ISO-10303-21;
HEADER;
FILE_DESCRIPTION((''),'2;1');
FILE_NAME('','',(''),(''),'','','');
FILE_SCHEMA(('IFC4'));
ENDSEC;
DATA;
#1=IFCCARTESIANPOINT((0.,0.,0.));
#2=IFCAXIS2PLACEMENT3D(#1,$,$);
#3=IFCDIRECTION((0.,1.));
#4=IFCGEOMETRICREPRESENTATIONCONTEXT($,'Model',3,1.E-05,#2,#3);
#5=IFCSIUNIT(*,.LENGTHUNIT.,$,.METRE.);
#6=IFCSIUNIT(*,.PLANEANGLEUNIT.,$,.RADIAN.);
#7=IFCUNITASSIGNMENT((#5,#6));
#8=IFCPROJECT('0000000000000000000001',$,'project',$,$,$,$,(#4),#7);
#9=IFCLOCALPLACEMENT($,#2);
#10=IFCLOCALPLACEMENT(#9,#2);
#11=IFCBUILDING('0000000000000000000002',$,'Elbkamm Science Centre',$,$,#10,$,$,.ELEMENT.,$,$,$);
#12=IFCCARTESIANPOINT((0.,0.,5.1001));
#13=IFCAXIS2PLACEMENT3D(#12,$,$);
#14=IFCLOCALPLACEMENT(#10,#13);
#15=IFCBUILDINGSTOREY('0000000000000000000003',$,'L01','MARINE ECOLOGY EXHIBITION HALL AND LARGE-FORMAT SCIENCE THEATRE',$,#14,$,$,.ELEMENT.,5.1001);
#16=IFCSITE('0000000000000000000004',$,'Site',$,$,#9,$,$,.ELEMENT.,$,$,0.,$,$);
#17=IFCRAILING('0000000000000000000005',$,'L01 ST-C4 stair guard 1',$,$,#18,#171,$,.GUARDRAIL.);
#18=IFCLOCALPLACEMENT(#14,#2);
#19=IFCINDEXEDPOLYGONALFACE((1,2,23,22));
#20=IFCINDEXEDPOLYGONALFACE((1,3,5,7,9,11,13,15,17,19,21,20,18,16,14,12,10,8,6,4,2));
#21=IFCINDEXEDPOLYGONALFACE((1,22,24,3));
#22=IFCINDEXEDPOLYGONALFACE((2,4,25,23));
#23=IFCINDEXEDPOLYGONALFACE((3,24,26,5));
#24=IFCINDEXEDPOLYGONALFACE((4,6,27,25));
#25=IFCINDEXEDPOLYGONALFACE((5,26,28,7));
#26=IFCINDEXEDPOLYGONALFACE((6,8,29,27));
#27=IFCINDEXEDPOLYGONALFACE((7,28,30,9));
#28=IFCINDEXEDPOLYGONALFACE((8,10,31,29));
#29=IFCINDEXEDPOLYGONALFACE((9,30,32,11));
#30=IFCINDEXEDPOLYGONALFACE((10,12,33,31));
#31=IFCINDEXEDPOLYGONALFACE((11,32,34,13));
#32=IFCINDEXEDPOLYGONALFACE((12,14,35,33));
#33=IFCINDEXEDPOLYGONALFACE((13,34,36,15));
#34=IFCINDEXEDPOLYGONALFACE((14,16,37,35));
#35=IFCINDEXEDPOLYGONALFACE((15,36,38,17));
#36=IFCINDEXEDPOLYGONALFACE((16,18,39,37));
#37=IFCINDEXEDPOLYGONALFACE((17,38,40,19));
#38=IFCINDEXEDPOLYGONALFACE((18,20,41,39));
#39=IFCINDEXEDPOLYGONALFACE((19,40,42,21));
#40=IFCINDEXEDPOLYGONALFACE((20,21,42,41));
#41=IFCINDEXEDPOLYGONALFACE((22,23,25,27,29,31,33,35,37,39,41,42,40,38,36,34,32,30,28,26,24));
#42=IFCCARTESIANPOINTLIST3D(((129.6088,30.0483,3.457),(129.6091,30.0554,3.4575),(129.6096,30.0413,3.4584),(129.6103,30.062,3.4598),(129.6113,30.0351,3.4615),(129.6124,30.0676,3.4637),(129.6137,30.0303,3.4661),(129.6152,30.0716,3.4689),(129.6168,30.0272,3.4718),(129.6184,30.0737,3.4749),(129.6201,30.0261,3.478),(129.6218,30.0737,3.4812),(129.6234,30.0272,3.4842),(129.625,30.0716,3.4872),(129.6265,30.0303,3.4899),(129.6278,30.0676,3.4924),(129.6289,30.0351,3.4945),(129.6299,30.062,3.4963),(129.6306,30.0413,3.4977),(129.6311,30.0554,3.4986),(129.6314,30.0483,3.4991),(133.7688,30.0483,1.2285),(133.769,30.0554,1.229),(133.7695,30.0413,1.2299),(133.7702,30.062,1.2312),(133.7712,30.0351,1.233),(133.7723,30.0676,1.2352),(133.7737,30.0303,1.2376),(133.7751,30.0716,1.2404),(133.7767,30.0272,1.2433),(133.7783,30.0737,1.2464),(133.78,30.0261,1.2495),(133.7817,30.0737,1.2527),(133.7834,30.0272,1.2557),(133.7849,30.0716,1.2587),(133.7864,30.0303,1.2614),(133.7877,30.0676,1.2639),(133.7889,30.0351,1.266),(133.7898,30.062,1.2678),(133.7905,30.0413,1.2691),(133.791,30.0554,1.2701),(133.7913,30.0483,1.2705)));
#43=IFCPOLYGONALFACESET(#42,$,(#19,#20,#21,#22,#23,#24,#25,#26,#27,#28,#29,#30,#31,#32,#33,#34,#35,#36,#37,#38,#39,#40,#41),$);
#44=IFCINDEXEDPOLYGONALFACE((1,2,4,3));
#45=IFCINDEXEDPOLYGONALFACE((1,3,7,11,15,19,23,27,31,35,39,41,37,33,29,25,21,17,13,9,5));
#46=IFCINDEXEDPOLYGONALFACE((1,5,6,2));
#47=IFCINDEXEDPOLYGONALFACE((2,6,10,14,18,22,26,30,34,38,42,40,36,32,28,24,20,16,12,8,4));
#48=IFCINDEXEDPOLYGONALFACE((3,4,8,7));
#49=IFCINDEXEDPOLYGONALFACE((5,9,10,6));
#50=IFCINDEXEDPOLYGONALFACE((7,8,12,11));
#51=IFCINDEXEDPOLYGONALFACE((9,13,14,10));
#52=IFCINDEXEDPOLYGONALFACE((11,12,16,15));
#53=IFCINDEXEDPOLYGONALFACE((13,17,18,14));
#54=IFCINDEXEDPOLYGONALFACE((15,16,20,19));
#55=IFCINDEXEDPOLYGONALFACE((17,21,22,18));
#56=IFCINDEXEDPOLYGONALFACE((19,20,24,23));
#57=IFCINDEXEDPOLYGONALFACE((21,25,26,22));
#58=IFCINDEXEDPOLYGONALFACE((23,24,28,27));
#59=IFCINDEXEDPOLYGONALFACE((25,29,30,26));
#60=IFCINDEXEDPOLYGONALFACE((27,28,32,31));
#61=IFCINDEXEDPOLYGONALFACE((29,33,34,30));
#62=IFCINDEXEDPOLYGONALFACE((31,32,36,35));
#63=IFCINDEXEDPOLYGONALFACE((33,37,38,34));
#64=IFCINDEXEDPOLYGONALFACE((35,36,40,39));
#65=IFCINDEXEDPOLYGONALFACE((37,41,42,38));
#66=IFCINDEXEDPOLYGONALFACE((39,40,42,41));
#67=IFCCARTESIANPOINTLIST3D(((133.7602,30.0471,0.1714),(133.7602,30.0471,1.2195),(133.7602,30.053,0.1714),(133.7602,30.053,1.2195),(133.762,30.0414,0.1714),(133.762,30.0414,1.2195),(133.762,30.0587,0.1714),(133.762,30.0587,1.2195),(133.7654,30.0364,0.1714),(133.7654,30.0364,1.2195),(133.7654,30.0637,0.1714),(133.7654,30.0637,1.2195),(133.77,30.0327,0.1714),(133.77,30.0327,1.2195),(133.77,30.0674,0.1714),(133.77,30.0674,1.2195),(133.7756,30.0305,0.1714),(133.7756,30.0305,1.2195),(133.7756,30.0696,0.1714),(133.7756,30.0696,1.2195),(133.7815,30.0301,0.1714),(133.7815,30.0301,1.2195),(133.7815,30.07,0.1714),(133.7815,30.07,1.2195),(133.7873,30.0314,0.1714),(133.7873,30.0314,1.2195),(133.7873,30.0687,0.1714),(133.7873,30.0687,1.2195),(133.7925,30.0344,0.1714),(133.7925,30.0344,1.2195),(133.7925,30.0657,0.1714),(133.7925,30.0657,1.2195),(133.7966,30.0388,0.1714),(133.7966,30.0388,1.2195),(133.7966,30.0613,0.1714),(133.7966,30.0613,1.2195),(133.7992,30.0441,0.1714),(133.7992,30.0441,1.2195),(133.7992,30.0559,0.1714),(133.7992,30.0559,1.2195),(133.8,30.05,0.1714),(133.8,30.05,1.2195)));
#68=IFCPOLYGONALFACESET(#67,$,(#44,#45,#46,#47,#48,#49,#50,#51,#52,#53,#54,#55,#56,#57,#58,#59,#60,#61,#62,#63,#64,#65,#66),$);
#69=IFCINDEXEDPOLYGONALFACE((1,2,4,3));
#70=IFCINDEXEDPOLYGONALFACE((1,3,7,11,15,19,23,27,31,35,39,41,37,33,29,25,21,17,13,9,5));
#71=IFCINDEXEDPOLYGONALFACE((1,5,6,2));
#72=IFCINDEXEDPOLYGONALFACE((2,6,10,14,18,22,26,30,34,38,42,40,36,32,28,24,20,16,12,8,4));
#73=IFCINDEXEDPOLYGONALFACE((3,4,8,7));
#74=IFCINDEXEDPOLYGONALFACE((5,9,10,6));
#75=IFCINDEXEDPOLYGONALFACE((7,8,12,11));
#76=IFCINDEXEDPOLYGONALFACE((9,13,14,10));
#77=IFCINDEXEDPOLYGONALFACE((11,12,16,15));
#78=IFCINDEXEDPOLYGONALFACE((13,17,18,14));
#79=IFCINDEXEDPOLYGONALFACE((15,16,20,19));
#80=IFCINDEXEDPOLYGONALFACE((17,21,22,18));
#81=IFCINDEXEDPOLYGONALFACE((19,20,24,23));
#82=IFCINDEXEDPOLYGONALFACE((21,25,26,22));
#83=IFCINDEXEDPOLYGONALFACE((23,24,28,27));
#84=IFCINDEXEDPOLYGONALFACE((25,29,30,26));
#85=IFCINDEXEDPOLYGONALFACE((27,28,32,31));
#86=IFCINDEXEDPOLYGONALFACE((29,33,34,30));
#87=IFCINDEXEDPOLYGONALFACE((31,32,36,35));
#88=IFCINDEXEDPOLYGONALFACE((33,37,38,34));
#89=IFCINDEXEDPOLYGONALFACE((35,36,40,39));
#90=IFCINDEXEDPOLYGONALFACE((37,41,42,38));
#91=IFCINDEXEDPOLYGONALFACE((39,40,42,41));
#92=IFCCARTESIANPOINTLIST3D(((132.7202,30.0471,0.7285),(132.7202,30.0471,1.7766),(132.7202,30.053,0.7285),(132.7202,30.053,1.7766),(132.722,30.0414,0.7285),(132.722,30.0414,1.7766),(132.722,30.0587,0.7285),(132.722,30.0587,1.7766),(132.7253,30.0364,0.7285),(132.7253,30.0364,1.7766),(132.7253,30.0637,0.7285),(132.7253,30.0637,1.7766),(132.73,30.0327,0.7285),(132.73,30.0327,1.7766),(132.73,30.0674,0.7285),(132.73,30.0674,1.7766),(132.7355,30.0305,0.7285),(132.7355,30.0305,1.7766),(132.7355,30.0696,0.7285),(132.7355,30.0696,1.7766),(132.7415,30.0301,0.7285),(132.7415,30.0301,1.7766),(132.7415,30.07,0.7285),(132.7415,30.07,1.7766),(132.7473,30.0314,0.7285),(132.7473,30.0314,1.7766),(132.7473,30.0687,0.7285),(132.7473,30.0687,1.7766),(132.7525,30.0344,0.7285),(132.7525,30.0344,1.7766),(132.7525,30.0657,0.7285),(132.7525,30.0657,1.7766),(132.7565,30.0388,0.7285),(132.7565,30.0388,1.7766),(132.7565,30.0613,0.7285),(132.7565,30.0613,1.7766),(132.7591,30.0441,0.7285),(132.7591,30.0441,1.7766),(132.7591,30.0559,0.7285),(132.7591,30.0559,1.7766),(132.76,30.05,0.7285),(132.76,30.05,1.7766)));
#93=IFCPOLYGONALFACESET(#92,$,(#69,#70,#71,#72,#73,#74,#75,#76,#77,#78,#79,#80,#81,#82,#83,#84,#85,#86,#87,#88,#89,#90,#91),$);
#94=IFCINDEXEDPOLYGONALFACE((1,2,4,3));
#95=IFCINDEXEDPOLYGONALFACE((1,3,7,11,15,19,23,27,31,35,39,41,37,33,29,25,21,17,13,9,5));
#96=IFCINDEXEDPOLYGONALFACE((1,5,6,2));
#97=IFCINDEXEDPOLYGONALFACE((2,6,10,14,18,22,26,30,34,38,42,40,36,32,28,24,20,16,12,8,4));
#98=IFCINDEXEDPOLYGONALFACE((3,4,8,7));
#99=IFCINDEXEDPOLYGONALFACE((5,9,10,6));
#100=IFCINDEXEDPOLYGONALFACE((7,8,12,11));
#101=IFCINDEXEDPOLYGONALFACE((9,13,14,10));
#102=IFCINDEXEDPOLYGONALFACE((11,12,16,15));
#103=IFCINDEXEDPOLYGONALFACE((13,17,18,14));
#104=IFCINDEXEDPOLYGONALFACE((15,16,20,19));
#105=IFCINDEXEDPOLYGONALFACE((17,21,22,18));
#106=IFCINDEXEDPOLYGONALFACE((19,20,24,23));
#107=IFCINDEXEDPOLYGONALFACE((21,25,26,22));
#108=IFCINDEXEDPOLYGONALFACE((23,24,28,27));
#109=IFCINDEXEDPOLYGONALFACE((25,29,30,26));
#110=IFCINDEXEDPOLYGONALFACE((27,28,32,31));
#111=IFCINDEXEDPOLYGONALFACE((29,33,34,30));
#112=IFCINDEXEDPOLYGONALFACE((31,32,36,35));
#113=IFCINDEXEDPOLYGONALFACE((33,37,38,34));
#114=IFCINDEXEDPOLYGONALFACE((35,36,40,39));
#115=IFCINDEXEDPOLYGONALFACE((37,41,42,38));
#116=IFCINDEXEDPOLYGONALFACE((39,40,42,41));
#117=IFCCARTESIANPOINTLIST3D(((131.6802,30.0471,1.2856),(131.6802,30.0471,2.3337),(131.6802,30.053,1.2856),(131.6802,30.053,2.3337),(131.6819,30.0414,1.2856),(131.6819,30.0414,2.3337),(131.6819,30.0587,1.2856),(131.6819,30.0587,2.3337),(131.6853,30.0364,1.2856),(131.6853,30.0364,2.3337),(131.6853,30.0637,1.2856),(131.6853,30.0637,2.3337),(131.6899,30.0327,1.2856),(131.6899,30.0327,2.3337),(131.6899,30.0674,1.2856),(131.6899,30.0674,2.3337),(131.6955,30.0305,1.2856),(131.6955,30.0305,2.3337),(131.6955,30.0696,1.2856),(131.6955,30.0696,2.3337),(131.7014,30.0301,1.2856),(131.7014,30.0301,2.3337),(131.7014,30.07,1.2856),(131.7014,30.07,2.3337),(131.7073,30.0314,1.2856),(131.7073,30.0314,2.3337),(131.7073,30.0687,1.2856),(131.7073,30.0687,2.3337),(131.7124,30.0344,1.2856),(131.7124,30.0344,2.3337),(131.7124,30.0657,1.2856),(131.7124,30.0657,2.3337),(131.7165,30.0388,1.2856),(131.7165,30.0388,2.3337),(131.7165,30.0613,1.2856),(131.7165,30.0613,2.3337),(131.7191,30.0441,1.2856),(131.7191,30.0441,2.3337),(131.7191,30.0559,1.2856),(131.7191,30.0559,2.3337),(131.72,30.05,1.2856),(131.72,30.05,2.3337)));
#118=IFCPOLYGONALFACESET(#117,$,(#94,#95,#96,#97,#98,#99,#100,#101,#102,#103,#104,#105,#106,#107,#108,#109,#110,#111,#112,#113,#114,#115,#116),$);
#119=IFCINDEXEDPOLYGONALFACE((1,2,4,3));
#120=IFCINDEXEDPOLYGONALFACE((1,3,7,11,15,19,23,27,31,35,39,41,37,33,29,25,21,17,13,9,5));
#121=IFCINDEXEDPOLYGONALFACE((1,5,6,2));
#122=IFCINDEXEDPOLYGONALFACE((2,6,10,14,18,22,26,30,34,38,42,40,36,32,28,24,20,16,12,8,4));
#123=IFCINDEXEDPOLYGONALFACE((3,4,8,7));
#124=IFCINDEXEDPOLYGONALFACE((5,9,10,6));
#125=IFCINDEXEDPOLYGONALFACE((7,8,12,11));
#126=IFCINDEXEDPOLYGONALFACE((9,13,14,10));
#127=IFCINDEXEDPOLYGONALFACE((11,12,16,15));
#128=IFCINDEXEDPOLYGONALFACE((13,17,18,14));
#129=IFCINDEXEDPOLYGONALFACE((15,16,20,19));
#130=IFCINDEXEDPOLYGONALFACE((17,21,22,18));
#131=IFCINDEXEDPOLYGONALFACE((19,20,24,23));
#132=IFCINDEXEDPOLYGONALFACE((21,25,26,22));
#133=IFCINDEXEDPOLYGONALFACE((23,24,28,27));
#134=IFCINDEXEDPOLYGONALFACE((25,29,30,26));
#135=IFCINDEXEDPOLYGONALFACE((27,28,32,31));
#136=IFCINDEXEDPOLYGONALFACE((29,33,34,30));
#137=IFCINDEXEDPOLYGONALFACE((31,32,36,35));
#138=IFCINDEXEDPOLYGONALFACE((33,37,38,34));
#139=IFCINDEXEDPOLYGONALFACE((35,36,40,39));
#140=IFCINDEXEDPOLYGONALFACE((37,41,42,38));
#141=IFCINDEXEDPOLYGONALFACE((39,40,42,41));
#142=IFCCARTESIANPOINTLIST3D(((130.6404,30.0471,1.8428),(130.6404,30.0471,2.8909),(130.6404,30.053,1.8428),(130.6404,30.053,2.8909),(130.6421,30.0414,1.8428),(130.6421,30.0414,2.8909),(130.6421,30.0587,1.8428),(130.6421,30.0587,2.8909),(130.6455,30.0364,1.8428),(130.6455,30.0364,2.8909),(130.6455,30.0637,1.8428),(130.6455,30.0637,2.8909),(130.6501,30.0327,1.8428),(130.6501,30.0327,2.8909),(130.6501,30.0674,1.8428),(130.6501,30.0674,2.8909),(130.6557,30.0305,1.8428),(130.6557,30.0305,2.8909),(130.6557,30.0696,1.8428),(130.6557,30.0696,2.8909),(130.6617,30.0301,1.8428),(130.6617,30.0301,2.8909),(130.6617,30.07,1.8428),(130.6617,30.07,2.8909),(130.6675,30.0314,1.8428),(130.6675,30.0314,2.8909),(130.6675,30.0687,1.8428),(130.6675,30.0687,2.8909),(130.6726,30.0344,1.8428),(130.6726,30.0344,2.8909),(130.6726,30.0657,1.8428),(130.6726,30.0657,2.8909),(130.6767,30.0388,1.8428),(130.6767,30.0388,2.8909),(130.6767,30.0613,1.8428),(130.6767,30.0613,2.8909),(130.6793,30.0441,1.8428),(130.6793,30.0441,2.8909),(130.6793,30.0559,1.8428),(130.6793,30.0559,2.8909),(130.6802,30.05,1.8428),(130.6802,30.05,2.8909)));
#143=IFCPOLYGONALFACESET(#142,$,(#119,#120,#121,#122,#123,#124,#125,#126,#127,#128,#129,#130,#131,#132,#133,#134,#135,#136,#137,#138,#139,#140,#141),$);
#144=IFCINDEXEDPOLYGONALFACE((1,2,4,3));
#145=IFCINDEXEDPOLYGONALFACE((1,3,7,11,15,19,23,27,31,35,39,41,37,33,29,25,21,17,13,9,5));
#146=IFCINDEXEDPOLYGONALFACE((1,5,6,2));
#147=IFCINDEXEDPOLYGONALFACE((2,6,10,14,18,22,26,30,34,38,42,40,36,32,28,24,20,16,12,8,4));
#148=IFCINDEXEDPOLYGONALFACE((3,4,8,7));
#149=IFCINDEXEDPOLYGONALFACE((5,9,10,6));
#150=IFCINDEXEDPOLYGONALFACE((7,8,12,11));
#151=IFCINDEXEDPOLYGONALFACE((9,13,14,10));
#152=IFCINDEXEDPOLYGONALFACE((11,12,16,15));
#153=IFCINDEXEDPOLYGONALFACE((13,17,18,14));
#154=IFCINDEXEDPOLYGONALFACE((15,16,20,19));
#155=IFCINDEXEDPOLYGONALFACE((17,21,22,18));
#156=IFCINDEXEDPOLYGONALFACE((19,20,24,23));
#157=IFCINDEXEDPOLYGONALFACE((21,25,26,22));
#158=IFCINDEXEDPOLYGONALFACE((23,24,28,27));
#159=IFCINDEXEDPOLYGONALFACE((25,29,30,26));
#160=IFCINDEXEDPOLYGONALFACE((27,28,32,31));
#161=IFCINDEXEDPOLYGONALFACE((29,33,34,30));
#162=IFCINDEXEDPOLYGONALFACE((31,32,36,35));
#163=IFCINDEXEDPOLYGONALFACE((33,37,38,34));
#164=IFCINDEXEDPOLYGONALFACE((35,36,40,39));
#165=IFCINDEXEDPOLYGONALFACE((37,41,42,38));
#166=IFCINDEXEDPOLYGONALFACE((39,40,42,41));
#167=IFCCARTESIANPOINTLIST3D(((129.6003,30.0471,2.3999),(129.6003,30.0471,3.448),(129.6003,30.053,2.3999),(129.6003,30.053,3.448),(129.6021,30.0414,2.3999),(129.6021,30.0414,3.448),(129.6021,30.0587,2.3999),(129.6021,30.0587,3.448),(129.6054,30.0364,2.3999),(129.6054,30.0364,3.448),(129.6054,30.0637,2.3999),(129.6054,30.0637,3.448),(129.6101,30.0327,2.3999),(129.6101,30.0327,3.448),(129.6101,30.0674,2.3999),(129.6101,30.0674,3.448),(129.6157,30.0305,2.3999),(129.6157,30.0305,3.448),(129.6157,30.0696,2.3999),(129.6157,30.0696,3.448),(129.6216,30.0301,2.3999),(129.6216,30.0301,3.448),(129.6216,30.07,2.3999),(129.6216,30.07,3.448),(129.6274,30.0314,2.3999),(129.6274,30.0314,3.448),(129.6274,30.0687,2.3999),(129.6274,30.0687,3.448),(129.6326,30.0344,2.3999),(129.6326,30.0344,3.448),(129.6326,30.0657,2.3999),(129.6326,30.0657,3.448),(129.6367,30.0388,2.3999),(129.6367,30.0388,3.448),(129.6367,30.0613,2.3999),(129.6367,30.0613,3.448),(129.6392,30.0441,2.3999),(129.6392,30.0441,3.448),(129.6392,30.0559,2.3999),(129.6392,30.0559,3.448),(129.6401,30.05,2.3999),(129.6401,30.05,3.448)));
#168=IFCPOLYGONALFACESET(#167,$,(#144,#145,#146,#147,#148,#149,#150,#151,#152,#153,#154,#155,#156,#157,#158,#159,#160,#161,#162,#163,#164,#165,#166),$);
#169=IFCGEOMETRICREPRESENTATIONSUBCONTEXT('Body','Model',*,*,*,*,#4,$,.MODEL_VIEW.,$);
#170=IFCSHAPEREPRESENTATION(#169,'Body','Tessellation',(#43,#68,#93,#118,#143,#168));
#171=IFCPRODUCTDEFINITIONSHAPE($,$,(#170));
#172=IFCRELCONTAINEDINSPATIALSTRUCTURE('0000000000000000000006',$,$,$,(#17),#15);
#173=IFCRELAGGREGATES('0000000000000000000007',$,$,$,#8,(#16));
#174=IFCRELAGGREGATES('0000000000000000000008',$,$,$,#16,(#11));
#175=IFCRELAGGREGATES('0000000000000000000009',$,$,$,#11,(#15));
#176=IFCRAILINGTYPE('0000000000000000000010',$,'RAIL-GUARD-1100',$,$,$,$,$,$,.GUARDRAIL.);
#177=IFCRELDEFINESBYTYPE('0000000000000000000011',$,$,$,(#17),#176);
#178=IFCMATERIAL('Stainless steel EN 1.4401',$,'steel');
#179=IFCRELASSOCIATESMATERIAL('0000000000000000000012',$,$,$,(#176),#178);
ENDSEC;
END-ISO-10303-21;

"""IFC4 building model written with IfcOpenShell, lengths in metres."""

from ifc_helpers import new_model, si_unit, direction, frame, origin, origin_2d, place, context, subcontext, project, spatial, circle, extrude, material, type_object, element, save


model = new_model("IFC4")

# Units and contexts
model_context = context("Model", 3, precision=1e-05, world=origin(), true_north=direction((0.0, 1.0)))
body_context = subcontext(model_context, "Body", "Model", "MODEL_VIEW")
ifc_project = project(units=[si_unit("LENGTHUNIT", "METRE"), si_unit("PLANEANGLEUNIT", "RADIAN")], contexts=[model_context])

# Site, building, storey
site_placement = place(None, origin())
site = spatial("IfcSite", under=ifc_project, at=site_placement, Name="Site", CompositionType="ELEMENT", RefElevation=0.0)
building_placement = place(site_placement, origin())
building = spatial("IfcBuilding", under=site, at=building_placement, Name="Elbkamm Science Centre", CompositionType="ELEMENT")
storey_placement = place(building_placement, frame((0.0, 0.0, 5.1001)))
storey = spatial("IfcBuildingStorey", under=building, at=storey_placement, Name="L01", Description="MARINE ECOLOGY EXHIBITION HALL AND LARGE-FORMAT SCIENCE THEATRE", CompositionType="ELEMENT", Elevation=5.1001)

# Railing
ifc_material_1 = material(Name="Stainless steel EN 1.4401", Category="steel")
railing_type_1 = type_object("IfcRailingType", Name="RAIL-GUARD-1100", PredefinedType="GUARDRAIL", material=ifc_material_1)
railing_1_placement = place(storey_placement, frame((133.78, 30.05, 0.1714)))
element("IfcRailing", 1, at=railing_1_placement, inside=storey, type_object=railing_type_1, Name="L01 ST-C4 stair guard 1", PredefinedType="GUARDRAIL", context=body_context, shape_type="SweptSolid", body=[
    extrude(circle(Radius=0.0239, at=origin_2d()), frame((0.0, 0.0, 1.0781), z_axis=(-0.881481, 0.0, 0.47222), x_axis=(0.0, -1.0, 0.0)), (0.0, 0.0, 1.0), 4.7192),
    extrude(circle(Radius=0.02, at=origin_2d()), origin(), (0.0, 0.0, 1.0), 1.0481),
    extrude(circle(Radius=0.02, at=origin_2d()), frame((-1.04, 0.0, 0.5571)), (0.0, 0.0, 1.0), 1.0481),
    extrude(circle(Radius=0.02, at=origin_2d()), frame((-2.0801, 0.0, 1.1143)), (0.0, 0.0, 1.0), 1.0481),
    extrude(circle(Radius=0.02, at=origin_2d()), frame((-3.1199, 0.0, 1.6714)), (0.0, 0.0, 1.0), 1.0481),
    extrude(circle(Radius=0.02, at=origin_2d()), frame((-4.1599, 0.0, 2.2285)), (0.0, 0.0, 1.0), 1.0481),
])

save(model, "model.ifc")
